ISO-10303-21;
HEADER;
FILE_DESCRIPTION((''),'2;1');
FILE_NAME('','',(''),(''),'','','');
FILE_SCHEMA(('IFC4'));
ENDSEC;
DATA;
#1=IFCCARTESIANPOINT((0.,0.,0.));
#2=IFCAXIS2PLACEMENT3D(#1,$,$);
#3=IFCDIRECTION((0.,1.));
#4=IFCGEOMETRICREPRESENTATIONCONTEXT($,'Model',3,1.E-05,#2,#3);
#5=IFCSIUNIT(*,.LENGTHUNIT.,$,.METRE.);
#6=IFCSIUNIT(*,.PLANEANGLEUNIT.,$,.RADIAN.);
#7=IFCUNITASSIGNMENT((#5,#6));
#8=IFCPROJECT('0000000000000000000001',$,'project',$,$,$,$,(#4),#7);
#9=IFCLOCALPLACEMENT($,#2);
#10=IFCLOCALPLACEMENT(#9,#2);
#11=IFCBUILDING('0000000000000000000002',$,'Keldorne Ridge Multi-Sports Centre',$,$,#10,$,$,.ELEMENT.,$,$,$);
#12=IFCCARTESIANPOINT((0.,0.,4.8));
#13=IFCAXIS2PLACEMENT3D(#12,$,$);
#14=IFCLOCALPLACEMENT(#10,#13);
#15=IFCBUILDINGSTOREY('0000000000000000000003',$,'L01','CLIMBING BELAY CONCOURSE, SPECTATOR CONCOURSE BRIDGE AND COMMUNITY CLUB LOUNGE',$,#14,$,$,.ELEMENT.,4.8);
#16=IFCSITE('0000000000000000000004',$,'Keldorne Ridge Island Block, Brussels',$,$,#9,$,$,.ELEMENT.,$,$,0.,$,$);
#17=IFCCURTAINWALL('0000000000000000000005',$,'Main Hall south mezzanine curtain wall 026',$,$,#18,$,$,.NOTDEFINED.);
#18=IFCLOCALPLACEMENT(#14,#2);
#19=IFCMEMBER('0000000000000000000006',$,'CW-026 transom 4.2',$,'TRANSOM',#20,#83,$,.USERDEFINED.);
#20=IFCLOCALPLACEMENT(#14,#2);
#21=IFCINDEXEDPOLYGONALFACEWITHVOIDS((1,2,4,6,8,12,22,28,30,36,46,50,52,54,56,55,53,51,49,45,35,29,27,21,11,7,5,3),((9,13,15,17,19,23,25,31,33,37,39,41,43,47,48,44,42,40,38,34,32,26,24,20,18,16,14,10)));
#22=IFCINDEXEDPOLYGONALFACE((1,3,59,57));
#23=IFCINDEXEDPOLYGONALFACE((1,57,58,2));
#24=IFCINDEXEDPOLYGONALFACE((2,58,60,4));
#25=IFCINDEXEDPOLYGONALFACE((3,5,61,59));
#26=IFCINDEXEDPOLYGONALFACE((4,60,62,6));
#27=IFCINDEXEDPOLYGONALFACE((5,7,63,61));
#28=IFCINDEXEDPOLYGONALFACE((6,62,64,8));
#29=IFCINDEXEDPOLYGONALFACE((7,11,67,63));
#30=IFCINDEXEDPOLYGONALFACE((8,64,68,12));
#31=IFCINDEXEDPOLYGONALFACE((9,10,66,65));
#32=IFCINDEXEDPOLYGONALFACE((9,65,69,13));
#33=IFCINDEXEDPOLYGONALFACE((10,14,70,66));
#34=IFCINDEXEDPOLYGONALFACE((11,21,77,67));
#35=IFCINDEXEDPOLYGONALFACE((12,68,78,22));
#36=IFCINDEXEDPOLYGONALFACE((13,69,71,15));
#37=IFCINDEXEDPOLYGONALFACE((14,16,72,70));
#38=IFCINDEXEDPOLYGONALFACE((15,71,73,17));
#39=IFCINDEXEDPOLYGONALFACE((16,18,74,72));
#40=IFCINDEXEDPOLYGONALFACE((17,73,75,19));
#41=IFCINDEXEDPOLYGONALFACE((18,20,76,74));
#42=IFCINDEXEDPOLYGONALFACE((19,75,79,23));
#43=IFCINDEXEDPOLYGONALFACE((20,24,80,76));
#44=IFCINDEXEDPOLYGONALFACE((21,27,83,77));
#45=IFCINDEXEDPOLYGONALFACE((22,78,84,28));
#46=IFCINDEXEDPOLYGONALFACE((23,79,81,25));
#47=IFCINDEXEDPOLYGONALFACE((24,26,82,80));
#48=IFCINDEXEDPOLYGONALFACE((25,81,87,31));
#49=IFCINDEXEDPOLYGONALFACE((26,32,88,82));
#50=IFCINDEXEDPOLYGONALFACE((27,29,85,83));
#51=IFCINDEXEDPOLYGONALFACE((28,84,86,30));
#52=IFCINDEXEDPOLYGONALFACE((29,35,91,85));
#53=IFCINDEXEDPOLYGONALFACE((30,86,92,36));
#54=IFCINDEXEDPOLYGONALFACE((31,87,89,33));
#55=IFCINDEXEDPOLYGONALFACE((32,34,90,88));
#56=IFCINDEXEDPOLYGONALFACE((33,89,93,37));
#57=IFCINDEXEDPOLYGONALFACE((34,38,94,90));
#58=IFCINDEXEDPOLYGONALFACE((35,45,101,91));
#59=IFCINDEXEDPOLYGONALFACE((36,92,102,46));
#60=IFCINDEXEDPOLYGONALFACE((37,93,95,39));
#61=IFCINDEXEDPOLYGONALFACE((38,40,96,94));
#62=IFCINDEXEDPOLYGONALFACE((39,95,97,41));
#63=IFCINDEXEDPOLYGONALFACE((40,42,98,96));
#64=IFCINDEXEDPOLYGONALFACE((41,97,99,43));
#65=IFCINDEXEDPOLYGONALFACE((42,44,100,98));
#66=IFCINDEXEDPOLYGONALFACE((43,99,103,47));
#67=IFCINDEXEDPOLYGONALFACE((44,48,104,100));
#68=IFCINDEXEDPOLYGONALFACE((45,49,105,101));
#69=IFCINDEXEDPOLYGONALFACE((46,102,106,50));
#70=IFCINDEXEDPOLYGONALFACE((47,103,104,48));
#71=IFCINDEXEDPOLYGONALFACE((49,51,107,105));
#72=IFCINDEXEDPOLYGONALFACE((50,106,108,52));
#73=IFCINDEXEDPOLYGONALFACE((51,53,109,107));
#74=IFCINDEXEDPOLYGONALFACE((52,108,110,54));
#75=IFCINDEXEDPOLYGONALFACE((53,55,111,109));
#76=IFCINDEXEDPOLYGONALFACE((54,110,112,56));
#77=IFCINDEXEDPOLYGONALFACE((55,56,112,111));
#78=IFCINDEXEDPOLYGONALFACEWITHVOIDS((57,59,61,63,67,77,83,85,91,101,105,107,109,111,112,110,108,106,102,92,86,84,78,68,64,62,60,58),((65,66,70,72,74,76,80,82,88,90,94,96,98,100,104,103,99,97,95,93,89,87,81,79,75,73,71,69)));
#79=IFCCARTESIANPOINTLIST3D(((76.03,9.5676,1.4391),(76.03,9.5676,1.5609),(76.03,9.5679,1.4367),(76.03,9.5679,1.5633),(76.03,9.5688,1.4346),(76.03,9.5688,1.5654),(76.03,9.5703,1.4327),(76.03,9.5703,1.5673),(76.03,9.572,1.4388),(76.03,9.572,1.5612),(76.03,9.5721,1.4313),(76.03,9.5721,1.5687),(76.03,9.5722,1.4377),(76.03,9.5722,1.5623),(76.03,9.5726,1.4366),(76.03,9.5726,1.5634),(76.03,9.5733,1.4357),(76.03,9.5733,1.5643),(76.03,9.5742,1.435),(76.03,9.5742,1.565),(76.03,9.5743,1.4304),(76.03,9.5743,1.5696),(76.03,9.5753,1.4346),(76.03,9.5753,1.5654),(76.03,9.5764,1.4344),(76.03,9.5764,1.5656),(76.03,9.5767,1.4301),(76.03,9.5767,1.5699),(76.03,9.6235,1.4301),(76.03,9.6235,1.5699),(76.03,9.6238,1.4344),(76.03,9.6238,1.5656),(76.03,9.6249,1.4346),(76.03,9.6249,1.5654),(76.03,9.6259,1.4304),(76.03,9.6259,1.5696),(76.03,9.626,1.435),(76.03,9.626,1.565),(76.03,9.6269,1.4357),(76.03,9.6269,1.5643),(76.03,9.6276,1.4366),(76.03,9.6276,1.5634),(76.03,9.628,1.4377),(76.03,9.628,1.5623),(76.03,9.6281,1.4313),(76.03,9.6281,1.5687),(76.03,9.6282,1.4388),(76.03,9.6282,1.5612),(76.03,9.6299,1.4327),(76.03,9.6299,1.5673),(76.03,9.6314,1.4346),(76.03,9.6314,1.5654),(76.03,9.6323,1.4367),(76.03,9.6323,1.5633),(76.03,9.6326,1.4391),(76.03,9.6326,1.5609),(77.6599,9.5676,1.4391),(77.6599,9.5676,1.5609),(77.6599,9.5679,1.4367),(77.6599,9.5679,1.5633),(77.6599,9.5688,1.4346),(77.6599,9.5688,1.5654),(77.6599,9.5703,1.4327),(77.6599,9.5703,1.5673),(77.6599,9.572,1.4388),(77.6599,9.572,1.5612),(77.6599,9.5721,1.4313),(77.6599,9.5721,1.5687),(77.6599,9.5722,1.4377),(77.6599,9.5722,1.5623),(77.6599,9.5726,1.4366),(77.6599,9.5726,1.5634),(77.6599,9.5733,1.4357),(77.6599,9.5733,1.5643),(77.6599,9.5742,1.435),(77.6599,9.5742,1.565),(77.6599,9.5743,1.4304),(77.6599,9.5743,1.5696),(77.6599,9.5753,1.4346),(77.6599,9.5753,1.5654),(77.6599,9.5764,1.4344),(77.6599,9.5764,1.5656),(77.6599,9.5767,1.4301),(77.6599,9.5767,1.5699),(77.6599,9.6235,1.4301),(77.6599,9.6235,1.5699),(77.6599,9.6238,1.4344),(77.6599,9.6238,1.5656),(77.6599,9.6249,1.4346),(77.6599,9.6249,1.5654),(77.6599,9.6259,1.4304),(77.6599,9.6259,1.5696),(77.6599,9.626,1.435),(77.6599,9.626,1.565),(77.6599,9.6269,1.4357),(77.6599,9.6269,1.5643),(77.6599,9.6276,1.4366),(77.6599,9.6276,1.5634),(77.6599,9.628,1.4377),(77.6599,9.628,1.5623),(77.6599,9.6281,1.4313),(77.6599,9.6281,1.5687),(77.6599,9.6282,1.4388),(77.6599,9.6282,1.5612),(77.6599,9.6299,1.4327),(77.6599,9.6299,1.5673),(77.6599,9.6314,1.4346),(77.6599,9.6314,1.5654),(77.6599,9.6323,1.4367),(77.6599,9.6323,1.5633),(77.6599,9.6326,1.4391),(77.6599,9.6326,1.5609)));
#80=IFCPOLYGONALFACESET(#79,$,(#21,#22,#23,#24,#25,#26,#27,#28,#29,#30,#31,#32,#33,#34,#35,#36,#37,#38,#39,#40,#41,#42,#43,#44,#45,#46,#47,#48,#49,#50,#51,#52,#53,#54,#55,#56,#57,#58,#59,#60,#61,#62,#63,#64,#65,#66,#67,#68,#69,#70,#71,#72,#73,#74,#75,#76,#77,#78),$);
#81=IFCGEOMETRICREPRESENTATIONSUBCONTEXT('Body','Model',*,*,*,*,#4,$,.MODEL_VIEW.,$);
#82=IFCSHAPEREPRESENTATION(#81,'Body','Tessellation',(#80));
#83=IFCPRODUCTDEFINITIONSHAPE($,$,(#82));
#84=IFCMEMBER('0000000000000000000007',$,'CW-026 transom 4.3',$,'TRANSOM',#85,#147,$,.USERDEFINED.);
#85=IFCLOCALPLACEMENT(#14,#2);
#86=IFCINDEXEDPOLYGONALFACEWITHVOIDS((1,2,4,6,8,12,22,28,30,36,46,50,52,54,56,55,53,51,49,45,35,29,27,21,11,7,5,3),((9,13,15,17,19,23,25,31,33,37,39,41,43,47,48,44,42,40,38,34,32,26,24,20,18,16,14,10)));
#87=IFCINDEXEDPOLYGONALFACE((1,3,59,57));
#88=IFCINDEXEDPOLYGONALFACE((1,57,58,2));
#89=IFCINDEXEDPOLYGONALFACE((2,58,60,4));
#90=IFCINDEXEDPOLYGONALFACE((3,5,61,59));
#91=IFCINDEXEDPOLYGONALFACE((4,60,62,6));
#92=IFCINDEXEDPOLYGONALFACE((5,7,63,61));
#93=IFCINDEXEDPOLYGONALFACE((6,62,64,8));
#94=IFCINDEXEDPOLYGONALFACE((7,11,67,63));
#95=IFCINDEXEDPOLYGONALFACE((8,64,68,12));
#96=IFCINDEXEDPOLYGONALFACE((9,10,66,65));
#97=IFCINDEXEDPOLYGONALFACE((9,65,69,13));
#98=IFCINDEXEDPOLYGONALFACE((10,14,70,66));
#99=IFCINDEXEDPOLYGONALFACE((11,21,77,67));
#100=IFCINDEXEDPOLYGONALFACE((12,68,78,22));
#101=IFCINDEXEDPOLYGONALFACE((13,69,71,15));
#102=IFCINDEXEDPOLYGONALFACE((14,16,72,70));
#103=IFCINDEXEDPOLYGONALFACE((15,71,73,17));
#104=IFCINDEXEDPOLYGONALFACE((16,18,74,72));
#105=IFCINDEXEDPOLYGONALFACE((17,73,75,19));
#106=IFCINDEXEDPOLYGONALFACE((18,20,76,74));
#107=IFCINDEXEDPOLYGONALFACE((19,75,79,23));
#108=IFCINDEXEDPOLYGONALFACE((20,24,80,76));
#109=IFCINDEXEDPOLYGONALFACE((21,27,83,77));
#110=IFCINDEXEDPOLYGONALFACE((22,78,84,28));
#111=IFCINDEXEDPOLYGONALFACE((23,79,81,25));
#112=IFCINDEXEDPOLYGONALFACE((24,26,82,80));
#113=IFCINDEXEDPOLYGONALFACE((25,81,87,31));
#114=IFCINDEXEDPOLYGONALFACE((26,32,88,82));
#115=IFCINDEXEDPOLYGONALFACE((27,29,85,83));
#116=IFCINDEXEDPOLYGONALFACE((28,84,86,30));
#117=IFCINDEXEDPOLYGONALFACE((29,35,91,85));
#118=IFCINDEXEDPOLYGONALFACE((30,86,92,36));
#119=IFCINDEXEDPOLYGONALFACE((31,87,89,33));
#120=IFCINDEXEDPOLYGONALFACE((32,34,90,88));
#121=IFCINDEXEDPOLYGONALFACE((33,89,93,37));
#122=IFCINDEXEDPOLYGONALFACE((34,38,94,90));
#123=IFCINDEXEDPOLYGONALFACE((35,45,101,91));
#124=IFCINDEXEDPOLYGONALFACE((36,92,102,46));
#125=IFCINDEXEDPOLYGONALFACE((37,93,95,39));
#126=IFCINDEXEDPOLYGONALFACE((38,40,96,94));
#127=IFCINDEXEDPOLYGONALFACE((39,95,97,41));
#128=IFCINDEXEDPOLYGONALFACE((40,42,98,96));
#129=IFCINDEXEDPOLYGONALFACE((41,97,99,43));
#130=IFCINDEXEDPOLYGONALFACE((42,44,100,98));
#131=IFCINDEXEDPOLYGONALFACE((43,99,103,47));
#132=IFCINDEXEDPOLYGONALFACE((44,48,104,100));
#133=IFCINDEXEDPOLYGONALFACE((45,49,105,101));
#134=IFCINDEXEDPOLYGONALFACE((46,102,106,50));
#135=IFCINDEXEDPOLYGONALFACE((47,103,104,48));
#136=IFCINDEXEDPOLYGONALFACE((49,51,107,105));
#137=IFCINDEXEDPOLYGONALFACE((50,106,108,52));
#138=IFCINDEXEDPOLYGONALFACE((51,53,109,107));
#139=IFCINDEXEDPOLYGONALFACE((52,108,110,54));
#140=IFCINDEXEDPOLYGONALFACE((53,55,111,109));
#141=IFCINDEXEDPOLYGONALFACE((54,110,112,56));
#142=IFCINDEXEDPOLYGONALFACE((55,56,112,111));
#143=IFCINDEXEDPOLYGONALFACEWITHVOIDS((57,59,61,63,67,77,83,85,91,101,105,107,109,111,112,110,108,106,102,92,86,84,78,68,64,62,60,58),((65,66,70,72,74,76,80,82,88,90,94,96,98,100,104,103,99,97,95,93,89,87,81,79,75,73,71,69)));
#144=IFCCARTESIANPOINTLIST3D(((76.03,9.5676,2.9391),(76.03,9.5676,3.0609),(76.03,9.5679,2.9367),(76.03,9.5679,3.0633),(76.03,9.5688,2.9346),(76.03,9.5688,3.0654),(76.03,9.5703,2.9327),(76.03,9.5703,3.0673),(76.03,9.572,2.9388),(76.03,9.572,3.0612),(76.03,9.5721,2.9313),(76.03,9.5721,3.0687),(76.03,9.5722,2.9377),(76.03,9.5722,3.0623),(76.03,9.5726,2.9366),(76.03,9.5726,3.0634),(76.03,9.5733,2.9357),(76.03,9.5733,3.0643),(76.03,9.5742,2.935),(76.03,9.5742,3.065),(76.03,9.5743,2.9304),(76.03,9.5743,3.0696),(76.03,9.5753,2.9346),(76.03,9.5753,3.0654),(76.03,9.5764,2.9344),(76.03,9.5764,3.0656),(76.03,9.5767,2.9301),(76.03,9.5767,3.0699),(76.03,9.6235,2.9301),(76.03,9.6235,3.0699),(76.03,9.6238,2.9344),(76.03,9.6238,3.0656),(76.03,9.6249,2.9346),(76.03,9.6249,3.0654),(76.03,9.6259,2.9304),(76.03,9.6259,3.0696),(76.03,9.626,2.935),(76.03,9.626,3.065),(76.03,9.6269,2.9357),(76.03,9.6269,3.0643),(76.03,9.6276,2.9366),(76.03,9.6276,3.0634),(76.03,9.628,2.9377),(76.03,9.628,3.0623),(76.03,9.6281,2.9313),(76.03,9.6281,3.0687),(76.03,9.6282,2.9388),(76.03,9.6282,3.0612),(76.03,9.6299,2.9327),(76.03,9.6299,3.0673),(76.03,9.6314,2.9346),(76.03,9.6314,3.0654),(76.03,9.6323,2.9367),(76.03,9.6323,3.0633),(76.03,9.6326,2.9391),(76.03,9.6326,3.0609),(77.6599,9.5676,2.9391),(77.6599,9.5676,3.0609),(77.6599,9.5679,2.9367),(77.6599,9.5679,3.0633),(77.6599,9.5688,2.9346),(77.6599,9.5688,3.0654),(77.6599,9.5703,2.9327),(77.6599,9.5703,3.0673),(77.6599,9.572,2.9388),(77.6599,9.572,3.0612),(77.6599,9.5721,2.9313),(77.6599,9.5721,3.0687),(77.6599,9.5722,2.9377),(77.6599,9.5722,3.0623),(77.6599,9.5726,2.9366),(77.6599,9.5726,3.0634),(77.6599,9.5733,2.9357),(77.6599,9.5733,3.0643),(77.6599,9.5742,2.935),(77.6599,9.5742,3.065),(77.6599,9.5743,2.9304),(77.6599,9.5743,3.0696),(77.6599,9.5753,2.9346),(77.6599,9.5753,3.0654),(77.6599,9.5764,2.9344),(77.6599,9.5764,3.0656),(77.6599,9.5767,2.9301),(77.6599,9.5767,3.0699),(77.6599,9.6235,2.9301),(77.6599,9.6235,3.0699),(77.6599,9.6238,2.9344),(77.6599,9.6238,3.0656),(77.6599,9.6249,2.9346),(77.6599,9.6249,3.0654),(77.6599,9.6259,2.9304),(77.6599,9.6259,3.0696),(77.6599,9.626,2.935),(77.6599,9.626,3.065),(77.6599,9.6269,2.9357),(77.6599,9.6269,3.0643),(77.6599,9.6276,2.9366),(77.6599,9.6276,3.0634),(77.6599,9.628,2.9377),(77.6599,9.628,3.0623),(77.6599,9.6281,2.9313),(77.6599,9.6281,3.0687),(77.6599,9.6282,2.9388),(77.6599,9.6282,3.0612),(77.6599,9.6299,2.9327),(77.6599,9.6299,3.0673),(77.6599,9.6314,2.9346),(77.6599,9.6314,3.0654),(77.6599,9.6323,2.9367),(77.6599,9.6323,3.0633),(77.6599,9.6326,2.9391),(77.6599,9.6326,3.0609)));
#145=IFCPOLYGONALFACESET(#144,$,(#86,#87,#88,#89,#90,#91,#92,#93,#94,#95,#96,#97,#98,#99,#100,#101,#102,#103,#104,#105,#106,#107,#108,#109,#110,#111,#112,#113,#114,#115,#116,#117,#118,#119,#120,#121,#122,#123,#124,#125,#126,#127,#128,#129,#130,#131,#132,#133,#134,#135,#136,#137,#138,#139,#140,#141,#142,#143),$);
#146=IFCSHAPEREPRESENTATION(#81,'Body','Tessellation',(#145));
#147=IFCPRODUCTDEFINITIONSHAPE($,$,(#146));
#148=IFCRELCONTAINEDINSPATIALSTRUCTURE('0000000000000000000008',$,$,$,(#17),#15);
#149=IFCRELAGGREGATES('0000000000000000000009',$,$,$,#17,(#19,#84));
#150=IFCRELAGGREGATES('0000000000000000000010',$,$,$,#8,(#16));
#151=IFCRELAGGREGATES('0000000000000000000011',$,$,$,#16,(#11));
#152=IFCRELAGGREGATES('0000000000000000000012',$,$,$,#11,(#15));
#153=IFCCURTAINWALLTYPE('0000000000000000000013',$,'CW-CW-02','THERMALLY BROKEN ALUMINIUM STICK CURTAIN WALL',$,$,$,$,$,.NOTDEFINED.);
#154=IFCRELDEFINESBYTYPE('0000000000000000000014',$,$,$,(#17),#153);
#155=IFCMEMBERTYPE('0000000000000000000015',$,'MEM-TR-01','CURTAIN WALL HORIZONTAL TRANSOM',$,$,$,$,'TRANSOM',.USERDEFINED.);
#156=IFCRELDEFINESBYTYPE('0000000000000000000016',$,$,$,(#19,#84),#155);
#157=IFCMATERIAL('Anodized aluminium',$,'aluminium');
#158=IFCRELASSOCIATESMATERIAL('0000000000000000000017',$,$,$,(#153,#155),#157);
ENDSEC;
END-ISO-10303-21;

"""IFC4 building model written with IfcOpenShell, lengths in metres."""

from ifc_helpers import new_model, si_unit, direction, frame, origin, origin_2d, place, context, subcontext, project, spatial, hollow_rectangle, extrude, material, material_profile, profile_set, type_object, element, aggregate, save


model = new_model("IFC4")

# Units and contexts
model_context = context("Model", 3, precision=1e-05, world=origin(), true_north=direction((0.0, 1.0)))
body_context = subcontext(model_context, "Body", "Model", "MODEL_VIEW")
ifc_project = project(units=[si_unit("LENGTHUNIT", "METRE"), si_unit("PLANEANGLEUNIT", "RADIAN")], contexts=[model_context])

# Site, building, storey
site_placement = place(None, origin())
site = spatial("IfcSite", under=ifc_project, at=site_placement, Name="Keldorne Ridge Island Block, Brussels", CompositionType="ELEMENT", RefElevation=0.0)
building_placement = place(site_placement, origin())
building = spatial("IfcBuilding", under=site, at=building_placement, Name="Keldorne Ridge Multi-Sports Centre", CompositionType="ELEMENT")
storey_placement = place(building_placement, frame((0.0, 0.0, 4.8)))
storey = spatial("IfcBuildingStorey", under=building, at=storey_placement, Name="L01", Description="CLIMBING BELAY CONCOURSE, SPECTATOR CONCOURSE BRIDGE AND COMMUNITY CLUB LOUNGE", CompositionType="ELEMENT", Elevation=4.8)

# Curtain wall, members
ifc_material_1 = material(Name="Anodized aluminium", Category="aluminium")
curtain_wall_type = type_object("IfcCurtainWallType", Name="CW-CW-02", Description="THERMALLY BROKEN ALUMINIUM STICK CURTAIN WALL", PredefinedType="NOTDEFINED", material=ifc_material_1)
curtain_wall_placement = place(storey_placement, origin())
curtain_wall = element("IfcCurtainWall", 1, at=curtain_wall_placement, inside=storey, type_object=curtain_wall_type, Name="Main Hall south mezzanine curtain wall 026", PredefinedType="NOTDEFINED")
ifc_material_profile_1 = material_profile(ifc_material_1, hollow_rectangle(XDim=0.0649, YDim=0.1399, WallThickness=0.0044, InnerFilletRadius=0.0044, OuterFilletRadius=0.009, at=origin_2d()), Name="ALU TRANSOM 140x65x4.5")
ifc_profile_set_1 = profile_set([ifc_material_profile_1], Name="Anodized aluminium")
member_type_1 = type_object("IfcMemberType", Name="MEM-TR-01", Description="CURTAIN WALL HORIZONTAL TRANSOM", ElementType="TRANSOM", PredefinedType="USERDEFINED", material=ifc_profile_set_1)
member_1_placement = place(storey_placement, frame((76.03, 9.6001, 1.5), z_axis=(1.0, 0.0, 0.0), x_axis=(0.0, 1.0, 0.0)))
member_1 = element("IfcMember", 2, at=member_1_placement, type_object=member_type_1, Name="CW-026 transom 4.2", ObjectType="TRANSOM", PredefinedType="USERDEFINED", context=body_context, shape_type="SweptSolid", body=[
    extrude(hollow_rectangle(XDim=0.0649, YDim=0.1399, WallThickness=0.0044, InnerFilletRadius=0.0044, OuterFilletRadius=0.009, at=origin_2d()), origin(), (0.0, 0.0, 1.0), 1.6299),
])
member_2_placement = place(storey_placement, frame((76.03, 9.6001, 3.0), z_axis=(1.0, 0.0, 0.0), x_axis=(0.0, 1.0, 0.0)))
member_2 = element("IfcMember", 3, at=member_2_placement, type_object=member_type_1, Name="CW-026 transom 4.3", ObjectType="TRANSOM", PredefinedType="USERDEFINED", context=body_context, shape_type="SweptSolid", body=[
    extrude(hollow_rectangle(XDim=0.0649, YDim=0.1399, WallThickness=0.0044, InnerFilletRadius=0.0044, OuterFilletRadius=0.009, at=origin_2d()), origin(), (0.0, 0.0, 1.0), 1.6299),
])
aggregate(curtain_wall, [member_1, member_2])

save(model, "model.ifc")
